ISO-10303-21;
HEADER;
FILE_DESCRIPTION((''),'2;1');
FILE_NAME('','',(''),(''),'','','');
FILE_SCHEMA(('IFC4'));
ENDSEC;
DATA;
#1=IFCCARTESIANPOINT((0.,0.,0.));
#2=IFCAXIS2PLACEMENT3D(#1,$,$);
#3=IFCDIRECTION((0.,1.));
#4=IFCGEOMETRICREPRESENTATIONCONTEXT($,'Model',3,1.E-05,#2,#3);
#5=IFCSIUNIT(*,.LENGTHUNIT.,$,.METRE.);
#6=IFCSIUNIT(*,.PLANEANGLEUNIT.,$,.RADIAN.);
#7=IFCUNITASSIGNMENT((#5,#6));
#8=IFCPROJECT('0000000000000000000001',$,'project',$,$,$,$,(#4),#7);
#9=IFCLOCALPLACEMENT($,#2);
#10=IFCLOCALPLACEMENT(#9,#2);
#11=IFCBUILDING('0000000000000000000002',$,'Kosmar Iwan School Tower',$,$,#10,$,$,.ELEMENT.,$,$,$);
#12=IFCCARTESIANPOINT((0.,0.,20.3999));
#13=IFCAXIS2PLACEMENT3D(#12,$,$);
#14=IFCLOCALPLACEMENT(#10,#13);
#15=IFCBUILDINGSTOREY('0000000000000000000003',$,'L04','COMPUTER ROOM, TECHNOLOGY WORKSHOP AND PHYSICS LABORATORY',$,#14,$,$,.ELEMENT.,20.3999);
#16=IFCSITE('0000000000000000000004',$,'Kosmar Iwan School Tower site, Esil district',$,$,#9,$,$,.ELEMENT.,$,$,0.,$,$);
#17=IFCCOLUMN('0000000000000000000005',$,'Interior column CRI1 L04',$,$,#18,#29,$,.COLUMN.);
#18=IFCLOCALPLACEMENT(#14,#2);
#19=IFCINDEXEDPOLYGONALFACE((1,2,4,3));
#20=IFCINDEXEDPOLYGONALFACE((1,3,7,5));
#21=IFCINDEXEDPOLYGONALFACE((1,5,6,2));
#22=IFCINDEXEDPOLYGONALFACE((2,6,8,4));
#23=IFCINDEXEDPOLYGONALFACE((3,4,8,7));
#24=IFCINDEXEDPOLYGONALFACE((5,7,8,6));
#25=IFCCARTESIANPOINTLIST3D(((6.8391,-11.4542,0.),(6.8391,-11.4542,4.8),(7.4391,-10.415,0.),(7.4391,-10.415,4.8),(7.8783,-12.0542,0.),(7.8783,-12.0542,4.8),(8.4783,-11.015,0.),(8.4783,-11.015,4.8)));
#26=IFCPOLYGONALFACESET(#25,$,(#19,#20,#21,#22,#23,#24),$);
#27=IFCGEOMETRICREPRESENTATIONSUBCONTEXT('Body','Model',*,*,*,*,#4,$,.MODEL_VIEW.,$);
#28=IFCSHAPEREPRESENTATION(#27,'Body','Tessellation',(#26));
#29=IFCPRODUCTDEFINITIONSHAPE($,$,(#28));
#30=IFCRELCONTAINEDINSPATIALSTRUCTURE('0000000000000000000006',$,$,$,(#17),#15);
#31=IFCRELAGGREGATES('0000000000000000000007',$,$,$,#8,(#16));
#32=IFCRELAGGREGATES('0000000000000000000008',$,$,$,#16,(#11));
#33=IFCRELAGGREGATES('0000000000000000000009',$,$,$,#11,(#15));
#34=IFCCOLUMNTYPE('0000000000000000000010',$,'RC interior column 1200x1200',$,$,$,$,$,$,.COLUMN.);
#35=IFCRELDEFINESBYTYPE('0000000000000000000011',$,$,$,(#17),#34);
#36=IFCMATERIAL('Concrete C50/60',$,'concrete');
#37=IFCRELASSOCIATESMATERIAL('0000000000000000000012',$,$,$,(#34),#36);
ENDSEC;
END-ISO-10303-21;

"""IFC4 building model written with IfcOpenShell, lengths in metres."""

from ifc_helpers import new_model, si_unit, direction, frame, origin, origin_2d, place, context, subcontext, project, spatial, rectangle, extrude, material, material_profile, profile_set, type_object, element, save


model = new_model("IFC4")

# Units and contexts
model_context = context("Model", 3, precision=1e-05, world=origin(), true_north=direction((0.0, 1.0)))
body_context = subcontext(model_context, "Body", "Model", "MODEL_VIEW")
ifc_project = project(units=[si_unit("LENGTHUNIT", "METRE"), si_unit("PLANEANGLEUNIT", "RADIAN")], contexts=[model_context])

# Site, building, storey
site_placement = place(None, origin())
site = spatial("IfcSite", under=ifc_project, at=site_placement, Name="Kosmar Iwan School Tower site, Esil district", CompositionType="ELEMENT", RefElevation=0.0)
building_placement = place(site_placement, origin())
building = spatial("IfcBuilding", under=site, at=building_placement, Name="Kosmar Iwan School Tower", CompositionType="ELEMENT")
storey_placement = place(building_placement, frame((0.0, 0.0, 20.3999)))
storey = spatial("IfcBuildingStorey", under=building, at=storey_placement, Name="L04", Description="COMPUTER ROOM, TECHNOLOGY WORKSHOP AND PHYSICS LABORATORY", CompositionType="ELEMENT", Elevation=20.3999)

# Column
ifc_material_1 = material(Name="Concrete C50/60", Category="concrete")
ifc_material_profile = material_profile(ifc_material_1, rectangle(XDim=1.2, YDim=1.2, at=origin_2d()), Name="RC 1200x1200")
ifc_profile_set = profile_set([ifc_material_profile], Name="Concrete C50/60")
column_type = type_object("IfcColumnType", Name="RC interior column 1200x1200", PredefinedType="COLUMN", material=ifc_profile_set)
column_placement = place(storey_placement, frame((7.6587, -11.2346, 0.0), z_axis=(0.0, 0.0, 1.0), x_axis=(0.866025, -0.5, 0.0)))
element("IfcColumn", 1, at=column_placement, inside=storey, type_object=column_type, Name="Interior column CRI1 L04", PredefinedType="COLUMN", context=body_context, shape_type="SweptSolid", body=[
    extrude(rectangle(XDim=1.2, YDim=1.2, at=origin_2d()), origin(), (0.0, 0.0, 1.0), 4.8),
])

save(model, "model.ifc")
